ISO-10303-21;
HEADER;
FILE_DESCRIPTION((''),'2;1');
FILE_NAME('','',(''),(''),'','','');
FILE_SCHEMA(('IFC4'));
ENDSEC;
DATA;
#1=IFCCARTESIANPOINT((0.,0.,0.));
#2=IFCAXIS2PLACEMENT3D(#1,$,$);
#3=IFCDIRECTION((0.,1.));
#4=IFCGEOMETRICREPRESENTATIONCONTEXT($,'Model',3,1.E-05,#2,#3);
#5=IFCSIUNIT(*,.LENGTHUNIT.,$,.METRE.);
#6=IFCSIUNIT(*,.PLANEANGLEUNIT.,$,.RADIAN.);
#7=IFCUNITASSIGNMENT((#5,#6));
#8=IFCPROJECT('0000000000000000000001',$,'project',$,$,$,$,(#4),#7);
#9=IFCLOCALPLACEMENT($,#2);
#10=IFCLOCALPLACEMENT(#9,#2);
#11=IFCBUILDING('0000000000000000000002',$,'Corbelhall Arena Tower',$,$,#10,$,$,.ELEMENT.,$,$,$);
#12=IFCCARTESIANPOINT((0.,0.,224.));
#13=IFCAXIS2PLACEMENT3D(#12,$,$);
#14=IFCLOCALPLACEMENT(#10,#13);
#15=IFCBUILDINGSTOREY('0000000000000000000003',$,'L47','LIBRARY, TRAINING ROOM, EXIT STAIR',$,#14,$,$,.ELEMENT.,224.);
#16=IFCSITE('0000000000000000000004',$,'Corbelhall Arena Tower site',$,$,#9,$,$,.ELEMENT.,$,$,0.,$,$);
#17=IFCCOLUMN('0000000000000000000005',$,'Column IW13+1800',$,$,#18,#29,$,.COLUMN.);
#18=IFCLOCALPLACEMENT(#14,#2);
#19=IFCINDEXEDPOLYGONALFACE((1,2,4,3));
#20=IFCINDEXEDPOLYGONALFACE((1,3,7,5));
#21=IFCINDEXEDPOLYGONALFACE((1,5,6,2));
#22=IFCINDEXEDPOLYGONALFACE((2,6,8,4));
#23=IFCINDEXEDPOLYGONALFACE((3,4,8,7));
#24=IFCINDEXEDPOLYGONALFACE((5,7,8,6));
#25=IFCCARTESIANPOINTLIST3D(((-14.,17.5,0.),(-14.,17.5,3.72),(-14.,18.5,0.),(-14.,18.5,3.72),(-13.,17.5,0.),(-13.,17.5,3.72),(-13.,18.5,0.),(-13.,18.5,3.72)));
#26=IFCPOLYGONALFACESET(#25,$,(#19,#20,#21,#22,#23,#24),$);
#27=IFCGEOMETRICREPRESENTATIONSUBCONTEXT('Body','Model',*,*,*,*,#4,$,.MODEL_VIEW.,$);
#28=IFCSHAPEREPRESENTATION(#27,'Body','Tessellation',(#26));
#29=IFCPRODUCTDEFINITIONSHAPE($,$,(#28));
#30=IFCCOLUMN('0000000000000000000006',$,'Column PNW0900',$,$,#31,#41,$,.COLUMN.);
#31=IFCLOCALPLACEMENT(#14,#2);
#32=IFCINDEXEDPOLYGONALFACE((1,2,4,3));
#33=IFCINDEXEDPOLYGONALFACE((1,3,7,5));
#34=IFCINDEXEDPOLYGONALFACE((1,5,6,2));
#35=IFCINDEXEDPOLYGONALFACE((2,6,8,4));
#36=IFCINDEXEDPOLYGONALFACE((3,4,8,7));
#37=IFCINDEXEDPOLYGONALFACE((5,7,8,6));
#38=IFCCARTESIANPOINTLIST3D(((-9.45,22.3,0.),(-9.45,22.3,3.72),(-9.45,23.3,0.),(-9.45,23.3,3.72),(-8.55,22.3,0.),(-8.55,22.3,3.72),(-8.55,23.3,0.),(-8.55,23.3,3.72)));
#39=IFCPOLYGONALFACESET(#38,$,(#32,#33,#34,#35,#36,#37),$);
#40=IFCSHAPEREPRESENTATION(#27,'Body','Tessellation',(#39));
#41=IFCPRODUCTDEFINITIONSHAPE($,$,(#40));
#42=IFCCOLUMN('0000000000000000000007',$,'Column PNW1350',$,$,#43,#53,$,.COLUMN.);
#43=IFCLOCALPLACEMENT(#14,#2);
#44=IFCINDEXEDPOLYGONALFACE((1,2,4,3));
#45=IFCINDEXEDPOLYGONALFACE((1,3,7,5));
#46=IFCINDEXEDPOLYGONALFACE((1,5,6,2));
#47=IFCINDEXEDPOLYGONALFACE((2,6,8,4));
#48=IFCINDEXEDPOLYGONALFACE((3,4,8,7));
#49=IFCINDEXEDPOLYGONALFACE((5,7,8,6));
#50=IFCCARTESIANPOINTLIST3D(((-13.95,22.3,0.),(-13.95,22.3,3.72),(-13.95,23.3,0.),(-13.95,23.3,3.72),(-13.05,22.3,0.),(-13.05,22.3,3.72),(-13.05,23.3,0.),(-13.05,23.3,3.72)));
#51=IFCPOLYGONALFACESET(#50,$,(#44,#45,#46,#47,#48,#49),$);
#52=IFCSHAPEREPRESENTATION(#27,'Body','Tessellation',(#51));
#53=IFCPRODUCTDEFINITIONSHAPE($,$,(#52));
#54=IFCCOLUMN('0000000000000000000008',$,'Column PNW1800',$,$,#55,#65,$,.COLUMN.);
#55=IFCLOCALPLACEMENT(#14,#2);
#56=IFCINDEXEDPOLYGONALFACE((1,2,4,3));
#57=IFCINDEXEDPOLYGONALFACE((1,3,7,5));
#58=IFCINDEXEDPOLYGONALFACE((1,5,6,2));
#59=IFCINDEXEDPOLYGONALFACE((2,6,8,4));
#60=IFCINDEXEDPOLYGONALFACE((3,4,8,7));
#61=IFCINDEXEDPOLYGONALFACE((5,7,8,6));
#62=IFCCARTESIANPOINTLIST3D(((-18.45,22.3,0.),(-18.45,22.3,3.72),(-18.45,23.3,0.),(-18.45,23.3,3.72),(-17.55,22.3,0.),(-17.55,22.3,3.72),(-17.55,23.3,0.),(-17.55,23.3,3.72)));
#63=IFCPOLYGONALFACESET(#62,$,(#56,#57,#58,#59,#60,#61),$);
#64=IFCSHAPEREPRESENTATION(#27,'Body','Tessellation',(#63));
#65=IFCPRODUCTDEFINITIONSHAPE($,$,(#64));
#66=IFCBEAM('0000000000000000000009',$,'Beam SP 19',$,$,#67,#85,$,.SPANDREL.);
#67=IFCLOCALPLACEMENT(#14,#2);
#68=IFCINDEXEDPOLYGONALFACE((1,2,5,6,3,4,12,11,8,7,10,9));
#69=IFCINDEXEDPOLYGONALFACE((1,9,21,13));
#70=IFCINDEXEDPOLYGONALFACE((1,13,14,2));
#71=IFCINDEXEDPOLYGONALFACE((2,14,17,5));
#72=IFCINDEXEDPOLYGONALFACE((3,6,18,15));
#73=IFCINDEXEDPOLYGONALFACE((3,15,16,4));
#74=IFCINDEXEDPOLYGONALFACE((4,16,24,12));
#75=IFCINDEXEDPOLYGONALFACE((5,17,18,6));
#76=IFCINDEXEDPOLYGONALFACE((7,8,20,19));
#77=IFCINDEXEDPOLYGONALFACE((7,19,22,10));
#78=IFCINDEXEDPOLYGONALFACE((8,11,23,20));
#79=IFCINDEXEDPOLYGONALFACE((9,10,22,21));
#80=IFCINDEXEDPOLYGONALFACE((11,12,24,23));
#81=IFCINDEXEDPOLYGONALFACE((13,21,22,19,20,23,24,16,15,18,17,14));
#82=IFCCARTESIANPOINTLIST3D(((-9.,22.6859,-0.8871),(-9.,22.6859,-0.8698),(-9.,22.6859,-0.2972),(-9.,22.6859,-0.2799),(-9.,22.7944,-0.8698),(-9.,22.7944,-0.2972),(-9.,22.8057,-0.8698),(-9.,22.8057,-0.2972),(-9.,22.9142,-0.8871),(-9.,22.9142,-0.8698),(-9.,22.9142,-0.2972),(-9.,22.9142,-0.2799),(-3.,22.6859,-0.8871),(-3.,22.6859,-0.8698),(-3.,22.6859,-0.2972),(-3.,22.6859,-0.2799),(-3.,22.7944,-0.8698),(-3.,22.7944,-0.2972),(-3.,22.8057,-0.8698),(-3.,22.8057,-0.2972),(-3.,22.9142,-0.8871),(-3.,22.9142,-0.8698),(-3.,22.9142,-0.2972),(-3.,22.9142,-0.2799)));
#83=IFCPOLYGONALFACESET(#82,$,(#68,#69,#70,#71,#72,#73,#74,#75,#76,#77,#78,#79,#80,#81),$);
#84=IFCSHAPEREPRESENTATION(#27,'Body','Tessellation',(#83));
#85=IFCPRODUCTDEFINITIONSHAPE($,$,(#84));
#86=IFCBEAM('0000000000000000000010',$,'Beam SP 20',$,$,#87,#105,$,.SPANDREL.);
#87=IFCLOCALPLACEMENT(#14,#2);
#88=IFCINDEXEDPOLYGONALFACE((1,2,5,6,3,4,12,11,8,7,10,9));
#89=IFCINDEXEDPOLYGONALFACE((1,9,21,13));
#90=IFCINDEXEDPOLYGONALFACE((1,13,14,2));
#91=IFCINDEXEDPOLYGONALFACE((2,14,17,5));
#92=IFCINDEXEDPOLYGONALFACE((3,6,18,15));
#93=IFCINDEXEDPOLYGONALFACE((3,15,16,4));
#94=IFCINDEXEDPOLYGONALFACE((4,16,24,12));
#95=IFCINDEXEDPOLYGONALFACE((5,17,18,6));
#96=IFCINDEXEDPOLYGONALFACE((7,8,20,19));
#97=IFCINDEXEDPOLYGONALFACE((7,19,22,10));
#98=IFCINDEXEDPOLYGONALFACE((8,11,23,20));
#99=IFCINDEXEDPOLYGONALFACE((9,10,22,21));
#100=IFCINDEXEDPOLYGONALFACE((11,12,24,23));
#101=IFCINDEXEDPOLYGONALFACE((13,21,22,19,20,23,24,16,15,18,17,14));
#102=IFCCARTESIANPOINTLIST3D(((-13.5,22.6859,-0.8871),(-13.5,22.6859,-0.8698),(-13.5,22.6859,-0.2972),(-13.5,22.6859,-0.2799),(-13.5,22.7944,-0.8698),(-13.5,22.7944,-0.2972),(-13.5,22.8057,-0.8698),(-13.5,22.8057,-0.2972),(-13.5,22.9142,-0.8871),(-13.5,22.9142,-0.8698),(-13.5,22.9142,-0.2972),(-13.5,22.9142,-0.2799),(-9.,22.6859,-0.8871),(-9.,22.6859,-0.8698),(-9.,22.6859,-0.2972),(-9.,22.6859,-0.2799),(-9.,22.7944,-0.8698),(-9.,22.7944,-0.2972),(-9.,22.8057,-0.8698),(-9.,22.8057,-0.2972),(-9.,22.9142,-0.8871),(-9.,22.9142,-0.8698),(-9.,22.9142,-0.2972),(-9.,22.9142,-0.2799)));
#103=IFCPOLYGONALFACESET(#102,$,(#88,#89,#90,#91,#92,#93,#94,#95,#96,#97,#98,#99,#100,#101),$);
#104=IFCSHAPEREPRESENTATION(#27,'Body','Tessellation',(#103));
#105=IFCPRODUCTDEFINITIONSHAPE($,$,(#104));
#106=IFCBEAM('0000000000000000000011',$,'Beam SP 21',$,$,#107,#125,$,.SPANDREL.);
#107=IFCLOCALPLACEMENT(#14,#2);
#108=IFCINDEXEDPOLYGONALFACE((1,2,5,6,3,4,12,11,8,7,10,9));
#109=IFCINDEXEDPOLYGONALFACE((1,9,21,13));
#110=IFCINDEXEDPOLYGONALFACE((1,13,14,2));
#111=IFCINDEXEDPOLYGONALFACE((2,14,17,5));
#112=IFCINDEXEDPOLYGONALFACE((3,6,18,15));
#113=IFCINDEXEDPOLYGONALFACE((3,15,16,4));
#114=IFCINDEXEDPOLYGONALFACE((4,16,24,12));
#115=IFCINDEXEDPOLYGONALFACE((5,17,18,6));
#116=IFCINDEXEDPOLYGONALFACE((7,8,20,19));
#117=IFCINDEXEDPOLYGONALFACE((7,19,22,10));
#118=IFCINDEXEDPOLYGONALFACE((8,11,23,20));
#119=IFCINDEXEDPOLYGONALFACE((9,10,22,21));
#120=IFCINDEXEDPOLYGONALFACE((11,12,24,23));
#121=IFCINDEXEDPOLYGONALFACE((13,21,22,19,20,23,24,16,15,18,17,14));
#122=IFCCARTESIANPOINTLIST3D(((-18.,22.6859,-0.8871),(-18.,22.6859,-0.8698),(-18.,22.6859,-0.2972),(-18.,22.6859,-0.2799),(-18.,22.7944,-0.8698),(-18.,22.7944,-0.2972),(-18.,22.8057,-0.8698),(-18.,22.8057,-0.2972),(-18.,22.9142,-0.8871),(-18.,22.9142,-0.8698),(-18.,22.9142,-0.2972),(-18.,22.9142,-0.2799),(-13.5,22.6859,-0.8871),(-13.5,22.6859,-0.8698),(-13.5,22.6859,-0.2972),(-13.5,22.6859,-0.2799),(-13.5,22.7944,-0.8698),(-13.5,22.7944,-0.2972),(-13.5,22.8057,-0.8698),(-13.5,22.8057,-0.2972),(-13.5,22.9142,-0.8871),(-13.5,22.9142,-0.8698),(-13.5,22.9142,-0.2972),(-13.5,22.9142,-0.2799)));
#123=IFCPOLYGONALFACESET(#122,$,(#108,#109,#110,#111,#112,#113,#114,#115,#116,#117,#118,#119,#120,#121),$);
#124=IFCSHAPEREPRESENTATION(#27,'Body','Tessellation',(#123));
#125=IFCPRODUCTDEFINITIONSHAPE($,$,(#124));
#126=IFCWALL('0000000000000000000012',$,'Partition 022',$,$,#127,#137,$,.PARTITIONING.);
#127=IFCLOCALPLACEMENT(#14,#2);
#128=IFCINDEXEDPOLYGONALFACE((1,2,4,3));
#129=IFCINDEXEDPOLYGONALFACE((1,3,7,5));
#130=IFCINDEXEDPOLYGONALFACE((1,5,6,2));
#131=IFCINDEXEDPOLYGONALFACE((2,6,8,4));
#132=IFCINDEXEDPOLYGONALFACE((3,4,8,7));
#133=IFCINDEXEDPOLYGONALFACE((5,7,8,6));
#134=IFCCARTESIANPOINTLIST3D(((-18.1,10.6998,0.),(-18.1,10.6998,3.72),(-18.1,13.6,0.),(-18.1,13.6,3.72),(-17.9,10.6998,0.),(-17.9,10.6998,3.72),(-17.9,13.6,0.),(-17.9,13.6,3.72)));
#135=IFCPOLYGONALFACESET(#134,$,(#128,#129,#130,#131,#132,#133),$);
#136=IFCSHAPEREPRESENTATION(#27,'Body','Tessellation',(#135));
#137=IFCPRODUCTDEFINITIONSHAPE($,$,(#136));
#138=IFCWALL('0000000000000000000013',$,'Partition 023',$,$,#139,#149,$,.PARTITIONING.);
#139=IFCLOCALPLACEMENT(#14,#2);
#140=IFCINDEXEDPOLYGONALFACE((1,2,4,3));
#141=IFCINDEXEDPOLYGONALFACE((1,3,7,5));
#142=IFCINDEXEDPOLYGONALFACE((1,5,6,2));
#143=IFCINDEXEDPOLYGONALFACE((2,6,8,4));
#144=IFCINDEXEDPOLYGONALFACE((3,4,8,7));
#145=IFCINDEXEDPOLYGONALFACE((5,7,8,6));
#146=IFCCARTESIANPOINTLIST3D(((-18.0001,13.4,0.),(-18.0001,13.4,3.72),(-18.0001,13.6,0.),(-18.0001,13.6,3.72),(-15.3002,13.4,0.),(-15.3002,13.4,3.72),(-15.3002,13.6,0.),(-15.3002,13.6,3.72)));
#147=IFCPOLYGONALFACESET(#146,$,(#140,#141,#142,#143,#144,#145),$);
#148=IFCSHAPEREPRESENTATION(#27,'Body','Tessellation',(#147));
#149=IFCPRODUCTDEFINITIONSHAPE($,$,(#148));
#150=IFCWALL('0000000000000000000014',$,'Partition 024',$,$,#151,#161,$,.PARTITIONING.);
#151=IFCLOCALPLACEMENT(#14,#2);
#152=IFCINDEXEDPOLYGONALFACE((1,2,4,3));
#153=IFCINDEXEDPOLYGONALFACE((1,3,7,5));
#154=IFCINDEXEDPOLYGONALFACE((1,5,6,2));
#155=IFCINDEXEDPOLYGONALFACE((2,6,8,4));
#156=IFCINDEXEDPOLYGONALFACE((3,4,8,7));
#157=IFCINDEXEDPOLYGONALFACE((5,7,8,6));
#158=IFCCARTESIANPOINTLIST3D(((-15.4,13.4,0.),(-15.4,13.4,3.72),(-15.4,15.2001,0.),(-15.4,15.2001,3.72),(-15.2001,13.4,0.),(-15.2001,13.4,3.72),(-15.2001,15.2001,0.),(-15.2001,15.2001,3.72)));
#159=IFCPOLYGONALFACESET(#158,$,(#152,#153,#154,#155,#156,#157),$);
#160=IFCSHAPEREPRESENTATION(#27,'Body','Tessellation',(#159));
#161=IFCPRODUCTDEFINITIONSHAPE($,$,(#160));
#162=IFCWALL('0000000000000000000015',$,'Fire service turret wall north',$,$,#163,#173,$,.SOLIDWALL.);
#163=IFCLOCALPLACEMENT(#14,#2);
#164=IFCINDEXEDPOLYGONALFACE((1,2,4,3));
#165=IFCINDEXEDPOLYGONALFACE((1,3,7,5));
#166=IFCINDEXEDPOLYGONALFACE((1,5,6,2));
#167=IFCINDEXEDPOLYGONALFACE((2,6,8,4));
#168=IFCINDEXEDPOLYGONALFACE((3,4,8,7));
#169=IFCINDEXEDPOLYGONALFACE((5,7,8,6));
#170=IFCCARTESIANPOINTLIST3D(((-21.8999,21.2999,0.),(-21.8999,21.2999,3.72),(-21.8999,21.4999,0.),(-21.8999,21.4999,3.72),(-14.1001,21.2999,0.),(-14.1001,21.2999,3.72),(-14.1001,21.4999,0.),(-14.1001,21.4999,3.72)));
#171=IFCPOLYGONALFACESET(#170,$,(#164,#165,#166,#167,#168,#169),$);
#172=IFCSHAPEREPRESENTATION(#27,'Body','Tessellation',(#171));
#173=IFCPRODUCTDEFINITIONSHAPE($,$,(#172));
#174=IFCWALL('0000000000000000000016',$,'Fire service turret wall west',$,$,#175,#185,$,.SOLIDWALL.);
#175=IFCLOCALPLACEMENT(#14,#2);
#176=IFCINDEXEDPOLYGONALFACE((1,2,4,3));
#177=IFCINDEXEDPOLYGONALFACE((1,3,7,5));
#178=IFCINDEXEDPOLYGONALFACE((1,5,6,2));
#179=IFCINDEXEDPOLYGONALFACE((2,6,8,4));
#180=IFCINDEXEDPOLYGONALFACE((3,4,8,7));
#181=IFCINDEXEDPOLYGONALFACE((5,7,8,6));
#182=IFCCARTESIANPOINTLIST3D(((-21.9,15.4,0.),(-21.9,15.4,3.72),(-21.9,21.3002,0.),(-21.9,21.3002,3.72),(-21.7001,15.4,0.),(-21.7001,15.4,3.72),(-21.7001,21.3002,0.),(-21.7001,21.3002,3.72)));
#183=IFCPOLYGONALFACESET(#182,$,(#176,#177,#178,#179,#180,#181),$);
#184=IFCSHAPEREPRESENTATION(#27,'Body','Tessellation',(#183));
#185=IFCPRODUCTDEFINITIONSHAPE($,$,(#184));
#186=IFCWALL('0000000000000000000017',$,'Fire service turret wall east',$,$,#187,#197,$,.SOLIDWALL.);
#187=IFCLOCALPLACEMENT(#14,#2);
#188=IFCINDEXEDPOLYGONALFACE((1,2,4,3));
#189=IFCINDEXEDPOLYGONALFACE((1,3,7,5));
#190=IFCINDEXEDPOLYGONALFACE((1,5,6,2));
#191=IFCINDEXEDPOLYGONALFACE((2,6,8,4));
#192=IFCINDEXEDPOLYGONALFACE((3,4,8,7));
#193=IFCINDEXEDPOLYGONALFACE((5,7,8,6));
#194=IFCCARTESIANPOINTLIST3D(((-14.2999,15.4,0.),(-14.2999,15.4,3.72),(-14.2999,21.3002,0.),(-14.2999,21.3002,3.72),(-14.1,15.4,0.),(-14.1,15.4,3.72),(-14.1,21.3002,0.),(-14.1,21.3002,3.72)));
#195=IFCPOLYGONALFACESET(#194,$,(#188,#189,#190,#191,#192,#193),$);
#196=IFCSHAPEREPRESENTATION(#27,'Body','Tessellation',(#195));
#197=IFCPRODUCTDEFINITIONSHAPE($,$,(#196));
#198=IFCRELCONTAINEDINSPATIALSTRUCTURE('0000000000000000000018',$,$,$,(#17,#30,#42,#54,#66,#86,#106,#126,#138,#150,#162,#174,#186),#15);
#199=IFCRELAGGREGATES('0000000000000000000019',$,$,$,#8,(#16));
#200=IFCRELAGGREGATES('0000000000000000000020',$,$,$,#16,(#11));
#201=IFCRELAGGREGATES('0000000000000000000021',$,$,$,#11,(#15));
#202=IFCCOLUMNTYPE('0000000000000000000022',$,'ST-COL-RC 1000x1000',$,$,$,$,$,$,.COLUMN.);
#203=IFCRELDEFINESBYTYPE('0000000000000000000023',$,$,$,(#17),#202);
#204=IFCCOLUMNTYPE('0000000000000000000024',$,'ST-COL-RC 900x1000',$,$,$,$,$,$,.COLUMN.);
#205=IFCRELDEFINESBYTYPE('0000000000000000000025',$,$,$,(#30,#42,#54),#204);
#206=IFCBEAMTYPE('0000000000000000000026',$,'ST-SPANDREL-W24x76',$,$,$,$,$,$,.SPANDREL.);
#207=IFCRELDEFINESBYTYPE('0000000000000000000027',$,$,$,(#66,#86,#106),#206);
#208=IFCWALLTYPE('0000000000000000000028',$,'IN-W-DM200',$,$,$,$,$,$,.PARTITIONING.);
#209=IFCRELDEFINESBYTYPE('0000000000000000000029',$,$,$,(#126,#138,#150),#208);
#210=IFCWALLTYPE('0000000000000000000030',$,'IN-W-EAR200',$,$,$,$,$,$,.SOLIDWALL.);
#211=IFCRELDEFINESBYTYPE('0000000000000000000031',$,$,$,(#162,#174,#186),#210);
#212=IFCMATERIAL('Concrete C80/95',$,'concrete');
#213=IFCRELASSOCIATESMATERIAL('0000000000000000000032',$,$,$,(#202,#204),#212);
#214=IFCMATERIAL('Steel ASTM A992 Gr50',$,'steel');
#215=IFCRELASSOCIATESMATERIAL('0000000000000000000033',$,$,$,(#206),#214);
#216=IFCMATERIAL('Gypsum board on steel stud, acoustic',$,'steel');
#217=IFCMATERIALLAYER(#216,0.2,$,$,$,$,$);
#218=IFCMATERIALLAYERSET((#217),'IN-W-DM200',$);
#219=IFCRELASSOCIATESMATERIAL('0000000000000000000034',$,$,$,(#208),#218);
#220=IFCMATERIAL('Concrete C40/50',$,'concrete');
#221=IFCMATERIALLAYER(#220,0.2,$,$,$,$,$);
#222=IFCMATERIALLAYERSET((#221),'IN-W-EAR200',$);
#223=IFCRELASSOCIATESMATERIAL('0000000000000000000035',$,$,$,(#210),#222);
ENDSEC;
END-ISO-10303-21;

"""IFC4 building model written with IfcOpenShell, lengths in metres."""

from ifc_helpers import new_model, si_unit, direction, frame, frame_2d, origin, origin_2d, place, context, subcontext, project, spatial, rectangle, i_section, extrude, material, layer, layer_set, material_profile, profile_set, type_object, element, save


model = new_model("IFC4")

# Units and contexts
model_context = context("Model", 3, precision=1e-05, world=origin(), true_north=direction((0.0, 1.0)))
body_context = subcontext(model_context, "Body", "Model", "MODEL_VIEW")
ifc_project = project(units=[si_unit("LENGTHUNIT", "METRE"), si_unit("PLANEANGLEUNIT", "RADIAN")], contexts=[model_context])

# Site, building, storey
site_placement = place(None, origin())
site = spatial("IfcSite", under=ifc_project, at=site_placement, Name="Corbelhall Arena Tower site", CompositionType="ELEMENT", RefElevation=0.0)
building_placement = place(site_placement, origin())
building = spatial("IfcBuilding", under=site, at=building_placement, Name="Corbelhall Arena Tower", CompositionType="ELEMENT")
storey_placement = place(building_placement, frame((0.0, 0.0, 224.0)))
storey = spatial("IfcBuildingStorey", under=building, at=storey_placement, Name="L47", Description="LIBRARY, TRAINING ROOM, EXIT STAIR", CompositionType="ELEMENT", Elevation=224.0)

# Columns
ifc_material_1 = material(Name="Concrete C80/95", Category="concrete")
ifc_material_profile_1 = material_profile(ifc_material_1, rectangle(XDim=1.0, YDim=1.0, at=origin_2d()))
ifc_profile_set_1 = profile_set([ifc_material_profile_1], Name="Concrete C80/95")
column_type_1 = type_object("IfcColumnType", Name="ST-COL-RC 1000x1000", PredefinedType="COLUMN", material=ifc_profile_set_1)
column_placement = place(storey_placement, frame((-13.5, 18.0, 0.0), z_axis=(0.0, 0.0, 1.0), x_axis=(1.0, 0.0, 0.0)))
element("IfcColumn", 1, at=column_placement, inside=storey, type_object=column_type_1, Name="Column IW13+1800", PredefinedType="COLUMN", context=body_context, shape_type="SweptSolid", body=[
    extrude(rectangle(XDim=1.0, YDim=1.0, at=origin_2d()), origin(), (0.0, 0.0, 1.0), 3.72),
])
ifc_material_profile_2 = material_profile(ifc_material_1, rectangle(XDim=0.8999, YDim=1.0, at=origin_2d()))
ifc_profile_set_2 = profile_set([ifc_material_profile_2], Name="Concrete C80/95")
column_type_2 = type_object("IfcColumnType", Name="ST-COL-RC 900x1000", PredefinedType="COLUMN", material=ifc_profile_set_2)
for number, where, z_axis, x_axis, name in (
    (2, (-9.0, 22.8, 0.0), (0.0, 0.0, 1.0), (1.0, 0.0, 0.0), "Column PNW0900"),
    (3, (-13.5, 22.8, 0.0), (0.0, 0.0, 1.0), (1.0, 0.0, 0.0), "Column PNW1350"),
    (4, (-18.0, 22.8, 0.0), (0.0, 0.0, 1.0), (1.0, 0.0, 0.0), "Column PNW1800"),
):
    element("IfcColumn", number, at=place(storey_placement, frame(where, z_axis=z_axis, x_axis=x_axis)), inside=storey, type_object=column_type_2, Name=name, PredefinedType="COLUMN", context=body_context, shape_type="SweptSolid", body=[
        extrude(rectangle(XDim=0.8999, YDim=1.0, at=origin_2d()), origin(), (0.0, 0.0, 1.0), 3.72),
    ])

# Beams
ifc_material_2 = material(Name="Steel ASTM A992 Gr50", Category="steel")
ifc_material_profile_3 = material_profile(ifc_material_2, i_section(OverallWidth=0.2283, OverallDepth=0.6072, WebThickness=0.0112, FlangeThickness=0.0173, at=origin_2d()))
ifc_profile_set_3 = profile_set([ifc_material_profile_3], Name="Steel ASTM A992 Gr50")
beam_type = type_object("IfcBeamType", Name="ST-SPANDREL-W24x76", PredefinedType="SPANDREL", material=ifc_profile_set_3)
beam_placement = place(storey_placement, frame((-9.0, 22.8, -0.5835), z_axis=(1.0, 0.0, 0.0), x_axis=(0.0, 1.0, 0.0)))
element("IfcBeam", 5, at=beam_placement, inside=storey, type_object=beam_type, Name="Beam SP 19", PredefinedType="SPANDREL", context=body_context, shape_type="SweptSolid", body=[
    extrude(i_section(OverallWidth=0.2283, OverallDepth=0.6072, WebThickness=0.0112, FlangeThickness=0.0173, at=origin_2d()), origin(), (0.0, 0.0, 1.0), 6.0),
])
for number, where, z_axis, x_axis, name in (
    (6, (-13.5, 22.8, -0.5835), (1.0, 0.0, 0.0), (0.0, 1.0, 0.0), "Beam SP 20"),
    (7, (-18.0, 22.8, -0.5835), (1.0, 0.0, 0.0), (0.0, 1.0, 0.0), "Beam SP 21"),
):
    element("IfcBeam", number, at=place(storey_placement, frame(where, z_axis=z_axis, x_axis=x_axis)), inside=storey, type_object=beam_type, Name=name, PredefinedType="SPANDREL", context=body_context, shape_type="SweptSolid", body=[
        extrude(i_section(OverallWidth=0.2283, OverallDepth=0.6072, WebThickness=0.0112, FlangeThickness=0.0173, at=origin_2d()), origin(), (0.0, 0.0, 1.0), 4.5),
    ])

# Walls
ifc_material_3 = material(Name="Gypsum board on steel stud, acoustic", Category="steel")
ifc_layer_1 = layer(ifc_material_3, 0.2)
ifc_layer_set_1 = layer_set([ifc_layer_1], Name="IN-W-DM200")
wall_type_1 = type_object("IfcWallType", Name="IN-W-DM200", PredefinedType="PARTITIONING", material=ifc_layer_set_1)
wall_1_placement = place(storey_placement, frame((-18.0, 13.6001, 0.0), z_axis=(0.0, 0.0, 1.0), x_axis=(0.0, -1.0, 0.0)))
element("IfcWall", 8, at=wall_1_placement, inside=storey, type_object=wall_type_1, Name="Partition 022", PredefinedType="PARTITIONING", context=body_context, shape_type="SweptSolid", body=[
    extrude(rectangle(XDim=2.9001, YDim=0.2, at=frame_2d((1.4502, 0.0))), origin(), (0.0, 0.0, 1.0), 3.72),
])
wall_2_placement = place(storey_placement, frame((-15.3, 13.5, 0.0), z_axis=(0.0, 0.0, 1.0), x_axis=(-1.0, 0.0, 0.0)))
element("IfcWall", 9, at=wall_2_placement, inside=storey, type_object=wall_type_1, Name="Partition 023", PredefinedType="PARTITIONING", context=body_context, shape_type="SweptSolid", body=[
    extrude(rectangle(XDim=2.7, YDim=0.2, at=frame_2d((1.3501, 0.0))), origin(), (0.0, 0.0, 1.0), 3.72),
])
wall_3_placement = place(storey_placement, frame((-15.3, 15.2, 0.0), z_axis=(0.0, 0.0, 1.0), x_axis=(0.0, -1.0, 0.0)))
element("IfcWall", 10, at=wall_3_placement, inside=storey, type_object=wall_type_1, Name="Partition 024", PredefinedType="PARTITIONING", context=body_context, shape_type="SweptSolid", body=[
    extrude(rectangle(XDim=1.8, YDim=0.2, at=frame_2d((0.8999, 0.0))), origin(), (0.0, 0.0, 1.0), 3.72),
])
ifc_material_4 = material(Name="Concrete C40/50", Category="concrete")
ifc_layer_2 = layer(ifc_material_4, 0.2)
ifc_layer_set_2 = layer_set([ifc_layer_2], Name="IN-W-EAR200")
wall_type_2 = type_object("IfcWallType", Name="IN-W-EAR200", PredefinedType="SOLIDWALL", material=ifc_layer_set_2)
wall_4_placement = place(storey_placement, frame((-21.8999, 21.3999, 0.0), z_axis=(0.0, 0.0, 1.0), x_axis=(1.0, 0.0, 0.0)))
element("IfcWall", 11, at=wall_4_placement, inside=storey, type_object=wall_type_2, Name="Fire service turret wall north", PredefinedType="SOLIDWALL", context=body_context, shape_type="SweptSolid", body=[
    extrude(rectangle(XDim=7.7998, YDim=0.2, at=frame_2d((3.8999, 0.0))), origin(), (0.0, 0.0, 1.0), 3.72),
])
for number, where, z_axis, x_axis, name in (
    (12, (-21.8, 15.3999, 0.0), (0.0, 0.0, 1.0), (0.0, 1.0, 0.0), "Fire service turret wall west"),
    (13, (-14.2, 15.3999, 0.0), (0.0, 0.0, 1.0), (0.0, 1.0, 0.0), "Fire service turret wall east"),
):
    element("IfcWall", number, at=place(storey_placement, frame(where, z_axis=z_axis, x_axis=x_axis)), inside=storey, type_object=wall_type_2, Name=name, PredefinedType="SOLIDWALL", context=body_context, shape_type="SweptSolid", body=[
        extrude(rectangle(XDim=5.9001, YDim=0.2, at=frame_2d((2.9502, 0.0))), origin(), (0.0, 0.0, 1.0), 3.72),
    ])

save(model, "model.ifc")
